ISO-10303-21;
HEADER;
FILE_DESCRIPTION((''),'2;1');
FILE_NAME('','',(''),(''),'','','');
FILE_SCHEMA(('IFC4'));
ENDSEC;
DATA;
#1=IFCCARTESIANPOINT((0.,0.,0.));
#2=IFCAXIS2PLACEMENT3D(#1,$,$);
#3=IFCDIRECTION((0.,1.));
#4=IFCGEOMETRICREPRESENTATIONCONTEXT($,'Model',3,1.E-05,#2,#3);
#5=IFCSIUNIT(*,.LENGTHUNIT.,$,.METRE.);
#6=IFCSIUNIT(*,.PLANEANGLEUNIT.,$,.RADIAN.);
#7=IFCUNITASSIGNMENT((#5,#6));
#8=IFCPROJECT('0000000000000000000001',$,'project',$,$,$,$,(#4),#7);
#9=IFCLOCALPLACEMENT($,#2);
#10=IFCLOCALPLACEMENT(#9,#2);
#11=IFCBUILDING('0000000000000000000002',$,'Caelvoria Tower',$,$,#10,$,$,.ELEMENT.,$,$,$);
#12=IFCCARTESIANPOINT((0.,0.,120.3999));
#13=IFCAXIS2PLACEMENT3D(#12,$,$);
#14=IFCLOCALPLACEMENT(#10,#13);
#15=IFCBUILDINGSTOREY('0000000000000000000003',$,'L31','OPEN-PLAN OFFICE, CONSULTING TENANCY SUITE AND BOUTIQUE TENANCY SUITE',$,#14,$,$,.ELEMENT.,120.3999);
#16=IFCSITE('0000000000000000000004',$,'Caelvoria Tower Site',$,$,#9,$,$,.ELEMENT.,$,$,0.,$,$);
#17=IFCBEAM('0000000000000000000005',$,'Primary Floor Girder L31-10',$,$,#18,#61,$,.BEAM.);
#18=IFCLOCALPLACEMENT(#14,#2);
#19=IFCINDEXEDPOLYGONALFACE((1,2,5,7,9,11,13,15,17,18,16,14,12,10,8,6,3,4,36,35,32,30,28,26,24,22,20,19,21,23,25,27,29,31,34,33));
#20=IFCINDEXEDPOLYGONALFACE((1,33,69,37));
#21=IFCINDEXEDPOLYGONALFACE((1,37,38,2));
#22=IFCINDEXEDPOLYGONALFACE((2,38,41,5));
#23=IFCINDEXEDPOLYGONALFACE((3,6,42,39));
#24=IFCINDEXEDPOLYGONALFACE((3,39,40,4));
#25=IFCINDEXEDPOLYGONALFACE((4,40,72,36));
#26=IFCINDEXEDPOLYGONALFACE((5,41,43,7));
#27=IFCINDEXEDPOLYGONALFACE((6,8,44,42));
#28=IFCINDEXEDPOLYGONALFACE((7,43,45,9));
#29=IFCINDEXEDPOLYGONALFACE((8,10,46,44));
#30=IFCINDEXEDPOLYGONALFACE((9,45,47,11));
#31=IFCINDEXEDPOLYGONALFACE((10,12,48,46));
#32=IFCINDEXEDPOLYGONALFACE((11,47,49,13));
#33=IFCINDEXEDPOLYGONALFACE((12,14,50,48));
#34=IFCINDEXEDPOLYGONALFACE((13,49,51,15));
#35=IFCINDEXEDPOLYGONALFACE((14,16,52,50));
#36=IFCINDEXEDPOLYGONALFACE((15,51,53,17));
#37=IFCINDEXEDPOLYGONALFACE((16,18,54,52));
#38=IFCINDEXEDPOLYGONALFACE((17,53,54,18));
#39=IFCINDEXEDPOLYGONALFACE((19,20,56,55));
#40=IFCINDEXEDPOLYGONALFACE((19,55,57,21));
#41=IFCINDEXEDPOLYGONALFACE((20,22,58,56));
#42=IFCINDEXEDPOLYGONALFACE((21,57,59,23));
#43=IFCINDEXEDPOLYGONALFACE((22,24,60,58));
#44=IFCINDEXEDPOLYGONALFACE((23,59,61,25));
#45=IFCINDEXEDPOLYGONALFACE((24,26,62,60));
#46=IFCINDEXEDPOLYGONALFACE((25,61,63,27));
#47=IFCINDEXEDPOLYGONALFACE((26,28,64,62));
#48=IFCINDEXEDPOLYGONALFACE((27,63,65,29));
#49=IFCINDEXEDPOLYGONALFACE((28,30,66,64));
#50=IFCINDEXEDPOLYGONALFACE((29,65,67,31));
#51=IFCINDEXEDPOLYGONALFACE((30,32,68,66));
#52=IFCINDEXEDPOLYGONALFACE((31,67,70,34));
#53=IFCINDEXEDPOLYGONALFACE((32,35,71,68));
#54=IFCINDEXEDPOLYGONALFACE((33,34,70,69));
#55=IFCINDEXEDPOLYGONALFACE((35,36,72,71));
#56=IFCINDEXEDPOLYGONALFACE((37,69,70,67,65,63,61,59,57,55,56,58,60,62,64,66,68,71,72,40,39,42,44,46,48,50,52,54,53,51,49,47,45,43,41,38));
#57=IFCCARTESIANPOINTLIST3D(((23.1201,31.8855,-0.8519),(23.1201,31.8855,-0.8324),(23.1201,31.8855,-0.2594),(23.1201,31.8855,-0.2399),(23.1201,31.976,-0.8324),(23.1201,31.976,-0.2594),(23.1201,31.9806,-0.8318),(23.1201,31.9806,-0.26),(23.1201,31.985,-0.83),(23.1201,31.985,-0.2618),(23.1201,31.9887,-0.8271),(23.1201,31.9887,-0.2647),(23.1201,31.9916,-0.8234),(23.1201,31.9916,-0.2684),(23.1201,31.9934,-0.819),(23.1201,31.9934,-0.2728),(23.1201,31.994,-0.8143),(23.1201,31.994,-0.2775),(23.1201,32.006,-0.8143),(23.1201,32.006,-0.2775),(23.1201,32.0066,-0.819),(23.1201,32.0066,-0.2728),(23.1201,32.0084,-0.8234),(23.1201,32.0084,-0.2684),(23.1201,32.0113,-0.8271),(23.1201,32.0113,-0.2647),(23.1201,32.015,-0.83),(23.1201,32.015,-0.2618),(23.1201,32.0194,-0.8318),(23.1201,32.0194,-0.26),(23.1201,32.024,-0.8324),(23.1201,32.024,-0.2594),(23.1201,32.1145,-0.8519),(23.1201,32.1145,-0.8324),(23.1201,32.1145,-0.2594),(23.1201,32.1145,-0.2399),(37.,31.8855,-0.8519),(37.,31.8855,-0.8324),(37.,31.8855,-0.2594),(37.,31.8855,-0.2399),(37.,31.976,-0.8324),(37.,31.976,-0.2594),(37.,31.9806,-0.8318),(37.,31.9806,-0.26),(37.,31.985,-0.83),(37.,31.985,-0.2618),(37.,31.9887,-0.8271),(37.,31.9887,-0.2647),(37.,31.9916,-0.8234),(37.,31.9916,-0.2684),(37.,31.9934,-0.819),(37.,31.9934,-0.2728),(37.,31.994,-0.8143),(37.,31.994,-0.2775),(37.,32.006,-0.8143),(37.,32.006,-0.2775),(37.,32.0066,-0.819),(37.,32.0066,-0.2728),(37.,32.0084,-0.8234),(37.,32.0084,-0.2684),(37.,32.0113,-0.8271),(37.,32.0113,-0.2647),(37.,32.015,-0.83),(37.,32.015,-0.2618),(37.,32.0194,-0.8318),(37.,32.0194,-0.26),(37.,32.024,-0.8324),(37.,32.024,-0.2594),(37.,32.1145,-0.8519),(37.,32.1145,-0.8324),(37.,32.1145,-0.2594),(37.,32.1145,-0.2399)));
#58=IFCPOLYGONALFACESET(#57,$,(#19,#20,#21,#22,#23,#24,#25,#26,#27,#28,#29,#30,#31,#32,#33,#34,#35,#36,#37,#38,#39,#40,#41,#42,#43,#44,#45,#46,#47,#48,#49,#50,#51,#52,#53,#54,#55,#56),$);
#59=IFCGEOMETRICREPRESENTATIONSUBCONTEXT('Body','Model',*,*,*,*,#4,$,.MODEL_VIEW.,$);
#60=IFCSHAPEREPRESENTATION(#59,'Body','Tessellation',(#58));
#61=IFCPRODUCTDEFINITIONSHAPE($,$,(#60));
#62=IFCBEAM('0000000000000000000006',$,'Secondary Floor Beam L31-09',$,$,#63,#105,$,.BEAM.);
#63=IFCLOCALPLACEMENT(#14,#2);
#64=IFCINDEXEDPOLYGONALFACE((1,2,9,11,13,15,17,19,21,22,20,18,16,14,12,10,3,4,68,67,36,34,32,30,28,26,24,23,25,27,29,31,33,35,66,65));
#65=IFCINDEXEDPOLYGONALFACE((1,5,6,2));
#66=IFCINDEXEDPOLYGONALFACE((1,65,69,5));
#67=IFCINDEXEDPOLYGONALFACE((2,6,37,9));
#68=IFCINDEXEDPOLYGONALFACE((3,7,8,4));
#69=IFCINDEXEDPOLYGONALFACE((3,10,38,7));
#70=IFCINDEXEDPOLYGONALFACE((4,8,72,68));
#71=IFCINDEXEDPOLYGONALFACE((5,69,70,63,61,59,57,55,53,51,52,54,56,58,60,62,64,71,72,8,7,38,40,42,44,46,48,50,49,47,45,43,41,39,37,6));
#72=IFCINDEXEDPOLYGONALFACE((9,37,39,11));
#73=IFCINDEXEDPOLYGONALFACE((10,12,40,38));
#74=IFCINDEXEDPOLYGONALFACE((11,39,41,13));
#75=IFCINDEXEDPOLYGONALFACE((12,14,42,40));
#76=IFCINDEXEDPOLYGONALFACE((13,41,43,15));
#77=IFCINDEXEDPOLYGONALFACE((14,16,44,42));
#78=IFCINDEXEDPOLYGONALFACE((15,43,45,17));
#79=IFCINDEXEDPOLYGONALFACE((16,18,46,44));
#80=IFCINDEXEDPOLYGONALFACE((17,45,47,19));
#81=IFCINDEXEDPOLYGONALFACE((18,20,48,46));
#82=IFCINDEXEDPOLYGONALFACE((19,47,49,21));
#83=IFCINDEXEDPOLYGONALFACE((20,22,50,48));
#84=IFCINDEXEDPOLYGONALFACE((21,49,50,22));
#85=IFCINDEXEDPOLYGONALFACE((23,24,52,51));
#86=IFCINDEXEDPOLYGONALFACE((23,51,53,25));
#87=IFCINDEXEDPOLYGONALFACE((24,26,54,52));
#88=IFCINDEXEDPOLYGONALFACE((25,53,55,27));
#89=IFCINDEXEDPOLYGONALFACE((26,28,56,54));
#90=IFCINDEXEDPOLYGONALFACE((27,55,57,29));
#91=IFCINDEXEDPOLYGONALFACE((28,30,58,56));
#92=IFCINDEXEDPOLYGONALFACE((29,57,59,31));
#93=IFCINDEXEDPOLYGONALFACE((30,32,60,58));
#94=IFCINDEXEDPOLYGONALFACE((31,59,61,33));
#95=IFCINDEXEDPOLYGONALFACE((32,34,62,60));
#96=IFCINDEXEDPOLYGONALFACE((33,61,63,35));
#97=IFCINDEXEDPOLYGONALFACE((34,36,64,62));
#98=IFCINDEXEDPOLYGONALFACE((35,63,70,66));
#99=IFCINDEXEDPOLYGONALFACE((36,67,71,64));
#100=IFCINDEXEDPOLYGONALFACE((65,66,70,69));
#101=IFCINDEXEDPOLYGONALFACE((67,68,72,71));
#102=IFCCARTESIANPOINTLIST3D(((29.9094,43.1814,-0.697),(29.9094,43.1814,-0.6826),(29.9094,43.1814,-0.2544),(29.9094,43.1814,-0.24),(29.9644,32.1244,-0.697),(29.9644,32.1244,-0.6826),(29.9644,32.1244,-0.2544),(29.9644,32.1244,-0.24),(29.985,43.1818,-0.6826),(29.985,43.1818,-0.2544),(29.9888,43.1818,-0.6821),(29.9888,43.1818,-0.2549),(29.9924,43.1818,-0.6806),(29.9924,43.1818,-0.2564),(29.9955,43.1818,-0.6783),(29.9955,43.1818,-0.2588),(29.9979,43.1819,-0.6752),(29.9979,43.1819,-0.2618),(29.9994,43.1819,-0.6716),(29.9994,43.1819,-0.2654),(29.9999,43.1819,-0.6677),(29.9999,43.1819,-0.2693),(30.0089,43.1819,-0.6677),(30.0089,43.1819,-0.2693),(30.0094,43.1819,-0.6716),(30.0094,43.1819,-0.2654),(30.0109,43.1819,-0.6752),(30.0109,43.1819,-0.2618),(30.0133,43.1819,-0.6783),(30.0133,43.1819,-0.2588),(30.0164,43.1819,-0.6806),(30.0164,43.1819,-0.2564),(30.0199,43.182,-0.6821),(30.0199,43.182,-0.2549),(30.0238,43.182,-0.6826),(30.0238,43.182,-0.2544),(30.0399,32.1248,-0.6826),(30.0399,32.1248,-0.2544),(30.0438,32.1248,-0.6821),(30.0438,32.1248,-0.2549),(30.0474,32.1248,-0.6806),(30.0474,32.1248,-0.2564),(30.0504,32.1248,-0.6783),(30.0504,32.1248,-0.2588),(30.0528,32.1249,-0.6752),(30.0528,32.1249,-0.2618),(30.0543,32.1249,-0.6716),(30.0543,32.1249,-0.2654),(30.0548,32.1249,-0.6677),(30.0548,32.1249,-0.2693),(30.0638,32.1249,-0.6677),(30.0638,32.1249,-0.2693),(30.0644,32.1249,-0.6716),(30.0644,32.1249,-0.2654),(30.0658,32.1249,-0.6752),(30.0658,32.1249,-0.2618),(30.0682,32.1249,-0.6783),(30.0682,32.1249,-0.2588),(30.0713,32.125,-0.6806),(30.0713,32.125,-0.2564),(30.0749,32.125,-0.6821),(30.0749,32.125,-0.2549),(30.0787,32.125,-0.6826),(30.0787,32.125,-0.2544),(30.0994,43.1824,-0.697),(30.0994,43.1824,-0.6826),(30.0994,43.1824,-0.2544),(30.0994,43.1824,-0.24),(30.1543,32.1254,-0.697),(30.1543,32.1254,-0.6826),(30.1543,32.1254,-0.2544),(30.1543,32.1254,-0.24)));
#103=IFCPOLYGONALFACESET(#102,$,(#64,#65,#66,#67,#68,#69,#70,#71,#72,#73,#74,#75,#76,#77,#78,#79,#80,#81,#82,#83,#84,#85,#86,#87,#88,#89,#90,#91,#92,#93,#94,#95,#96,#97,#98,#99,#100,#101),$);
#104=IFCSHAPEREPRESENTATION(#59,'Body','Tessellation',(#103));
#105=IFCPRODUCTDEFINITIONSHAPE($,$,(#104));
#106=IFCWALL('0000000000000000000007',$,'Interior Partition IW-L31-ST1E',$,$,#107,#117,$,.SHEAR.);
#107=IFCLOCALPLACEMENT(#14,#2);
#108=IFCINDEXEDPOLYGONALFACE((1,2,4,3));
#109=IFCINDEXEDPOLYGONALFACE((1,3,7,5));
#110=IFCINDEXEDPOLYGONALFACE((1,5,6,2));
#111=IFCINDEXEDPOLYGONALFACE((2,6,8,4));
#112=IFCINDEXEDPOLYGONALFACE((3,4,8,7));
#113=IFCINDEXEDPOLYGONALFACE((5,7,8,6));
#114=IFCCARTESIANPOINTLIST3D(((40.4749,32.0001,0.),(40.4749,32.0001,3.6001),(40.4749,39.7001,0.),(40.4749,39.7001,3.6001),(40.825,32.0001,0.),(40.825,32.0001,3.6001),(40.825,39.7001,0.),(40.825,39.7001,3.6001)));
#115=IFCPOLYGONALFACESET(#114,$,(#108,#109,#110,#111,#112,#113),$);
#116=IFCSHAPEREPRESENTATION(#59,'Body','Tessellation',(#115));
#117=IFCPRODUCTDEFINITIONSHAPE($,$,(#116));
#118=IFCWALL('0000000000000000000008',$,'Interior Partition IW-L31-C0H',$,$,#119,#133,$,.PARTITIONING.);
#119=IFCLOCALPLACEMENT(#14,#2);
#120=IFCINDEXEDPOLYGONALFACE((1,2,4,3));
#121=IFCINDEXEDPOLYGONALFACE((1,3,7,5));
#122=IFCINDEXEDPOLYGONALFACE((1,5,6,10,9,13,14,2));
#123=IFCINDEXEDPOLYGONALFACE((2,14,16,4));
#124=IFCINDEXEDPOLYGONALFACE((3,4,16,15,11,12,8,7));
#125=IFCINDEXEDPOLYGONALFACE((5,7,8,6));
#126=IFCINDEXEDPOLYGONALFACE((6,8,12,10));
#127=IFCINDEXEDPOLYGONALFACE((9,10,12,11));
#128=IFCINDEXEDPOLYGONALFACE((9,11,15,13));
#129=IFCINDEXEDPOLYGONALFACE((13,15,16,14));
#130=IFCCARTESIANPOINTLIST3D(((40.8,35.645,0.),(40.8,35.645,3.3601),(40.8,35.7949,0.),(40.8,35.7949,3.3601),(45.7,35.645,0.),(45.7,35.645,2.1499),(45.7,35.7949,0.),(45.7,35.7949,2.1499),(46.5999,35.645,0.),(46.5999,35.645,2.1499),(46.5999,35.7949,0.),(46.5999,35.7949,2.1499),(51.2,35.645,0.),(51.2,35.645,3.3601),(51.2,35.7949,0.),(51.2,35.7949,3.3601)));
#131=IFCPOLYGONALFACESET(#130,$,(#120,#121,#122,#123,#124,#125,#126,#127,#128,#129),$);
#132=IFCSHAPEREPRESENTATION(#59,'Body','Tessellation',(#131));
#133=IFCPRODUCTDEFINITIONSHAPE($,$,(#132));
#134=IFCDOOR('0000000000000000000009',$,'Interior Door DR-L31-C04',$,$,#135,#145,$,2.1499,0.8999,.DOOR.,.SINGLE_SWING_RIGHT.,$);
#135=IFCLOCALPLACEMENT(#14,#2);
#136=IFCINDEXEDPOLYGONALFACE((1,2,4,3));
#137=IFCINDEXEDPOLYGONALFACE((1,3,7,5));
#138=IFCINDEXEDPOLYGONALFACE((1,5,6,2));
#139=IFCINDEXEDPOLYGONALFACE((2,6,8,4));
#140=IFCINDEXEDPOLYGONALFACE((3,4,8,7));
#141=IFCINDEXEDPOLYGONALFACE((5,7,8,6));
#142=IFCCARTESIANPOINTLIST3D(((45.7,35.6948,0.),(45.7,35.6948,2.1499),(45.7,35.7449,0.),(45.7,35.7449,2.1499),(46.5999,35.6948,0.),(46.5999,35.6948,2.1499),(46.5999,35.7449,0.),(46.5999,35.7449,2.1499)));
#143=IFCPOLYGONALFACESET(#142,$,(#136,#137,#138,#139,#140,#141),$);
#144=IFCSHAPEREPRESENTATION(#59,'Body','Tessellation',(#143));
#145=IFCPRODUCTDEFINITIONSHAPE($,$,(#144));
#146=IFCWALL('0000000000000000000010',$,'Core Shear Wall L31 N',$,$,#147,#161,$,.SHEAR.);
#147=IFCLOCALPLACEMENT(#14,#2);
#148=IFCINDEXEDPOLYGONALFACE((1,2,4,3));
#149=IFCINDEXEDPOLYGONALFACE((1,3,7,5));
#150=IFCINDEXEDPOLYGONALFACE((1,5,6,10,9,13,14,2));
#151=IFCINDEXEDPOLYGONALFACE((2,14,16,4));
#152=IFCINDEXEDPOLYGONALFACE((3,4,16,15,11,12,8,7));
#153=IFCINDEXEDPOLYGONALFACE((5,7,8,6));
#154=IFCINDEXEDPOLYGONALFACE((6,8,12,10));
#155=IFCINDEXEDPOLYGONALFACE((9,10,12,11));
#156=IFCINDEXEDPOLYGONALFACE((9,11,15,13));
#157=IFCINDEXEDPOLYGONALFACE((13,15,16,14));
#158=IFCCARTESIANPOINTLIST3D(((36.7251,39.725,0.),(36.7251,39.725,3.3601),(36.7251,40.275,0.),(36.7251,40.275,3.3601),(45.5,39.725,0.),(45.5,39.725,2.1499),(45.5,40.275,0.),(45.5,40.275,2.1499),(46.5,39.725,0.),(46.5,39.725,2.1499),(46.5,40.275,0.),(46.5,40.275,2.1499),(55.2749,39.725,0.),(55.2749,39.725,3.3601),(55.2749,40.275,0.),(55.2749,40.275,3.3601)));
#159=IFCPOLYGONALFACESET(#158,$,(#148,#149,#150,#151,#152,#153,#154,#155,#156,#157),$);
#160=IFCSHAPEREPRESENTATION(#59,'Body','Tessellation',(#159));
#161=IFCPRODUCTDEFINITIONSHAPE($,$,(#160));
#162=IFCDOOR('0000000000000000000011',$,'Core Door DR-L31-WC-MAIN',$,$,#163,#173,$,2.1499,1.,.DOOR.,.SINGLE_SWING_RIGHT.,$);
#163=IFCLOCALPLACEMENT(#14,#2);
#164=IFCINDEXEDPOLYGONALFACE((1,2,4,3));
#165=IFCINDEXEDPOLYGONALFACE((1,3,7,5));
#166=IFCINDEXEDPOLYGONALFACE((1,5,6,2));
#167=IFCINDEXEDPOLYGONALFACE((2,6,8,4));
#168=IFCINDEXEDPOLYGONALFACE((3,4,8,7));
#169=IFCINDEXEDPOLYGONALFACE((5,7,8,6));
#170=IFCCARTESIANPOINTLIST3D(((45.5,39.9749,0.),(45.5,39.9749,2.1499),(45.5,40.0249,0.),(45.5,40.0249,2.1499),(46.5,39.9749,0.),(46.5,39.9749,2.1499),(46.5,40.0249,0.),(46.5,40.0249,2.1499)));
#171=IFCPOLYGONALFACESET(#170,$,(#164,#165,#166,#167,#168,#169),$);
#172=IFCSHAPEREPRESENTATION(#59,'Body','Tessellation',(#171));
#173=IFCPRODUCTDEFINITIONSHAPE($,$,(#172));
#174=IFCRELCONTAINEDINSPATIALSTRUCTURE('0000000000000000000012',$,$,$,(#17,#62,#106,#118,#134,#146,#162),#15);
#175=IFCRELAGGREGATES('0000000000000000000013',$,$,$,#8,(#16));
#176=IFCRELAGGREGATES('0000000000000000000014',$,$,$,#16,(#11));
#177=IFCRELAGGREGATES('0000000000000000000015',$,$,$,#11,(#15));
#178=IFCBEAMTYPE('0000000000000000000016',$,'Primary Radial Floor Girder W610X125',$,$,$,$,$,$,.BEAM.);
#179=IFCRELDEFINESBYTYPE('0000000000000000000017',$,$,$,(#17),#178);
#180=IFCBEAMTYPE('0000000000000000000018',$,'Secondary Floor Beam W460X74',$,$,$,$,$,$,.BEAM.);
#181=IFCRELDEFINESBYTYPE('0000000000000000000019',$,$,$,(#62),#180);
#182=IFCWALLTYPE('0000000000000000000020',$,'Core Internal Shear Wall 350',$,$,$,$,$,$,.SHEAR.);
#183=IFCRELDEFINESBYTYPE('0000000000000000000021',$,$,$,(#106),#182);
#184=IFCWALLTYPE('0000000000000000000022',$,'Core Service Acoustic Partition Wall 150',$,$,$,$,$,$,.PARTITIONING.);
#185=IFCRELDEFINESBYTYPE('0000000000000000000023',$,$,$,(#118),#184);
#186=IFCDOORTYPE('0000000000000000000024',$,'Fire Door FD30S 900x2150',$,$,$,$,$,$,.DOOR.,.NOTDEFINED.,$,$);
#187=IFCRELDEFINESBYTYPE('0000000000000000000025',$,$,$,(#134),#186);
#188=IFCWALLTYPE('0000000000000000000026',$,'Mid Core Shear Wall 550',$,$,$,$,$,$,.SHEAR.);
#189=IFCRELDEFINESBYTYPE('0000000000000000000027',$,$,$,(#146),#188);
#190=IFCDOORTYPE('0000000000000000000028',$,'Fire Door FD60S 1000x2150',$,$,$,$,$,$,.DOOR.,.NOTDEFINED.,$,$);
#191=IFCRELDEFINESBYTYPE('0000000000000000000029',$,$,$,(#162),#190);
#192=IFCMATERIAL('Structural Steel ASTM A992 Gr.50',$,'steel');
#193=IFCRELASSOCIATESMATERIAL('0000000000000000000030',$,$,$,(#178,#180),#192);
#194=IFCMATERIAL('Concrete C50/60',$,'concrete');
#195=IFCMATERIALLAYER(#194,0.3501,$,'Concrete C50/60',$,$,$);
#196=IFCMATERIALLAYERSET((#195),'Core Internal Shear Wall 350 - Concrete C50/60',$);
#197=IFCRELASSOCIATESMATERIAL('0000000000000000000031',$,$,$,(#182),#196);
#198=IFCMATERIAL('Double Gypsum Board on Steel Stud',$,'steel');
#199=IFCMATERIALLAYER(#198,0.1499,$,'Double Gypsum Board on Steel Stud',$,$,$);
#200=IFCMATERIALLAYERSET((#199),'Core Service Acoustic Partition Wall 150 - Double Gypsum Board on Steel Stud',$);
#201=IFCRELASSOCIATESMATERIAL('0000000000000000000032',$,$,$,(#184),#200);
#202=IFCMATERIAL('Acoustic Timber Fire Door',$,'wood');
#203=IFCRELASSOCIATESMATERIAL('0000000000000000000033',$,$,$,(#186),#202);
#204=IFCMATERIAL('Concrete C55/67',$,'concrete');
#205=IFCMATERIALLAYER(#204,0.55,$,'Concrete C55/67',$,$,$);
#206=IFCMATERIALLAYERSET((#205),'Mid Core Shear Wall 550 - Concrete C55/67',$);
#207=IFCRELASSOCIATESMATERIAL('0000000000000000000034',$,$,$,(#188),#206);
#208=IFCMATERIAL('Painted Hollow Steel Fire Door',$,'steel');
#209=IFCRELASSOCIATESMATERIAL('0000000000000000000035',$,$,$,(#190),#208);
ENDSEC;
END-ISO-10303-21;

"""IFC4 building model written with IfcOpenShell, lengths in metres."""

from ifc_helpers import new_model, si_unit, direction, frame, frame_2d, origin, origin_2d, place, context, subcontext, project, spatial, rectangle, i_section, extrude, material, layer, layer_set, material_profile, profile_set, type_object, element, fill, save


model = new_model("IFC4")

# Units and contexts
model_context = context("Model", 3, precision=1e-05, world=origin(), true_north=direction((0.0, 1.0)))
body_context = subcontext(model_context, "Body", "Model", "MODEL_VIEW")
ifc_project = project(units=[si_unit("LENGTHUNIT", "METRE"), si_unit("PLANEANGLEUNIT", "RADIAN")], contexts=[model_context])

# Site, building, storey
site_placement = place(None, origin())
site = spatial("IfcSite", under=ifc_project, at=site_placement, Name="Caelvoria Tower Site", CompositionType="ELEMENT", RefElevation=0.0)
building_placement = place(site_placement, origin())
building = spatial("IfcBuilding", under=site, at=building_placement, Name="Caelvoria Tower", CompositionType="ELEMENT")
storey_placement = place(building_placement, frame((0.0, 0.0, 120.3999)))
storey = spatial("IfcBuildingStorey", under=building, at=storey_placement, Name="L31", Description="OPEN-PLAN OFFICE, CONSULTING TENANCY SUITE AND BOUTIQUE TENANCY SUITE", CompositionType="ELEMENT", Elevation=120.3999)

# Beams
ifc_material_1 = material(Name="Structural Steel ASTM A992 Gr.50", Category="steel")
ifc_material_profile_1 = material_profile(ifc_material_1, i_section(OverallWidth=0.229, OverallDepth=0.6121, WebThickness=0.012, FlangeThickness=0.0195, FilletRadius=0.0181, at=origin_2d()), Name="Structural Steel ASTM A992 Gr.50")
ifc_profile_set_1 = profile_set([ifc_material_profile_1], Name="W610X125 - Structural Steel ASTM A992 Gr.50")
beam_type_1 = type_object("IfcBeamType", Name="Primary Radial Floor Girder W610X125", PredefinedType="BEAM", material=ifc_profile_set_1)
beam_1_placement = place(storey_placement, frame((37.0, 32.0, -0.5459), z_axis=(-1.0, 0.0, 0.0), x_axis=(0.0, -1.0, 0.0)))
element("IfcBeam", 1, at=beam_1_placement, inside=storey, type_object=beam_type_1, Name="Primary Floor Girder L31-10", PredefinedType="BEAM", context=body_context, shape_type="SweptSolid", body=[
    extrude(i_section(OverallWidth=0.229, OverallDepth=0.6121, WebThickness=0.012, FlangeThickness=0.0195, FilletRadius=0.0181, at=origin_2d()), origin(), (0.0, 0.0, 1.0), 13.8799),
])
ifc_material_profile_2 = material_profile(ifc_material_1, i_section(OverallWidth=0.1899, OverallDepth=0.457, WebThickness=0.009, FlangeThickness=0.0144, FilletRadius=0.0149, at=origin_2d()), Name="Structural Steel ASTM A992 Gr.50")
ifc_profile_set_2 = profile_set([ifc_material_profile_2], Name="W460X74 - Structural Steel ASTM A992 Gr.50")
beam_type_2 = type_object("IfcBeamType", Name="Secondary Floor Beam W460X74", PredefinedType="BEAM", material=ifc_profile_set_2)
beam_2_placement = place(storey_placement, frame((30.0044, 43.1819, -0.4685), z_axis=(0.004968, -0.999988, 0.0), x_axis=(0.999988, 0.004968, 0.0)))
element("IfcBeam", 2, at=beam_2_placement, inside=storey, type_object=beam_type_2, Name="Secondary Floor Beam L31-09", PredefinedType="BEAM", context=body_context, shape_type="SweptSolid", body=[
    extrude(i_section(OverallWidth=0.1899, OverallDepth=0.457, WebThickness=0.009, FlangeThickness=0.0144, FilletRadius=0.0149, at=origin_2d()), origin(), (0.0, 0.0, 1.0), 11.0571),
])

# Wall
ifc_material_2 = material(Name="Concrete C50/60", Category="concrete")
ifc_layer_1 = layer(ifc_material_2, 0.3501, Name="Concrete C50/60")
ifc_layer_set_1 = layer_set([ifc_layer_1], Name="Core Internal Shear Wall 350 - Concrete C50/60")
wall_type_1 = type_object("IfcWallType", Name="Core Internal Shear Wall 350", PredefinedType="SHEAR", material=ifc_layer_set_1)
wall_1_placement = place(storey_placement, frame((40.6499, 32.0, 0.0), z_axis=(0.0, 0.0, 1.0), x_axis=(0.0, 1.0, 0.0)))
element("IfcWall", 3, at=wall_1_placement, inside=storey, type_object=wall_type_1, Name="Interior Partition IW-L31-ST1E", PredefinedType="SHEAR", context=body_context, shape_type="SweptSolid", body=[
    extrude(rectangle(XDim=7.7, YDim=0.3501, at=frame_2d((3.8501, 0.0))), origin(), (0.0, 0.0, 1.0), 3.6001),
])

# Walls, openings, doors
ifc_material_3 = material(Name="Double Gypsum Board on Steel Stud", Category="steel")
ifc_layer_2 = layer(ifc_material_3, 0.1499, Name="Double Gypsum Board on Steel Stud")
ifc_layer_set_2 = layer_set([ifc_layer_2], Name="Core Service Acoustic Partition Wall 150 - Double Gypsum Board on Steel Stud")
wall_type_2 = type_object("IfcWallType", Name="Core Service Acoustic Partition Wall 150", PredefinedType="PARTITIONING", material=ifc_layer_set_2)
wall_2_placement = place(storey_placement, frame((40.8, 35.72, 0.0), z_axis=(0.0, 0.0, 1.0), x_axis=(1.0, 0.0, 0.0)))
wall_2 = element("IfcWall", 4, at=wall_2_placement, inside=storey, type_object=wall_type_2, Name="Interior Partition IW-L31-C0H", PredefinedType="PARTITIONING", context=body_context, shape_type="SweptSolid", body=[
    extrude(rectangle(XDim=10.3999, YDim=0.1499, at=frame_2d((5.2, 0.0))), origin(), (0.0, 0.0, 1.0), 3.3601),
])
opening_1_placement = place(wall_2_placement, frame((4.8999, 0.0, 0.0)))
opening_1 = element("IfcOpeningElement", 5, at=opening_1_placement, cuts=wall_2, PredefinedType="OPENING", context=body_context, shape_type="SweptSolid", body=[
    extrude(rectangle(XDim=0.8999, YDim=2.1499, at=frame_2d((0.45, 1.075))), frame((0.0, 0.085, 0.0), z_axis=(0.0, -1.0, 0.0), x_axis=(1.0, 0.0, 0.0)), (0.0, 0.0, 1.0), 0.1699),
])
ifc_material_4 = material(Name="Acoustic Timber Fire Door", Category="wood")
door_type_1 = type_object("IfcDoorType", Name="Fire Door FD30S 900x2150", OperationType="NOTDEFINED", PredefinedType="DOOR", material=ifc_material_4)
door_1_placement = place(opening_1_placement, origin())
door_1 = element("IfcDoor", 6, at=door_1_placement, inside=storey, type_object=door_type_1, Name="Interior Door DR-L31-C04", OperationType="SINGLE_SWING_RIGHT", OverallHeight=2.1499, OverallWidth=0.8999, PredefinedType="DOOR", context=body_context, shape_type="SweptSolid", body=[
    extrude(rectangle(XDim=0.8999, YDim=2.1499, at=frame_2d((0.45, 1.075))), frame((0.0, 0.0249, 0.0), z_axis=(0.0, -1.0, 0.0), x_axis=(1.0, 0.0, 0.0)), (0.0, 0.0, 1.0), 0.05),
])
fill(opening_1, door_1)
ifc_material_5 = material(Name="Concrete C55/67", Category="concrete")
ifc_layer_3 = layer(ifc_material_5, 0.55, Name="Concrete C55/67")
ifc_layer_set_3 = layer_set([ifc_layer_3], Name="Mid Core Shear Wall 550 - Concrete C55/67")
wall_type_3 = type_object("IfcWallType", Name="Mid Core Shear Wall 550", PredefinedType="SHEAR", material=ifc_layer_set_3)
wall_3_placement = place(storey_placement, frame((36.7251, 40.0, 0.0), z_axis=(0.0, 0.0, 1.0), x_axis=(1.0, 0.0, 0.0)))
wall_3 = element("IfcWall", 7, at=wall_3_placement, inside=storey, type_object=wall_type_3, Name="Core Shear Wall L31 N", PredefinedType="SHEAR", context=body_context, shape_type="SweptSolid", body=[
    extrude(rectangle(XDim=18.5498, YDim=0.55, at=frame_2d((9.2749, 0.0))), origin(), (0.0, 0.0, 1.0), 3.3601),
])
opening_2_placement = place(wall_3_placement, frame((8.7749, 0.0, 0.0)))
opening_2 = element("IfcOpeningElement", 8, at=opening_2_placement, cuts=wall_3, PredefinedType="OPENING", context=body_context, shape_type="SweptSolid", body=[
    extrude(rectangle(XDim=1.0, YDim=2.1499, at=frame_2d((0.5, 1.075))), frame((0.0, 0.2849, 0.0), z_axis=(0.0, -1.0, 0.0), x_axis=(1.0, 0.0, 0.0)), (0.0, 0.0, 1.0), 0.5701),
])
ifc_material_6 = material(Name="Painted Hollow Steel Fire Door", Category="steel")
door_type_2 = type_object("IfcDoorType", Name="Fire Door FD60S 1000x2150", OperationType="NOTDEFINED", PredefinedType="DOOR", material=ifc_material_6)
door_2_placement = place(opening_2_placement, origin())
door_2 = element("IfcDoor", 9, at=door_2_placement, inside=storey, type_object=door_type_2, Name="Core Door DR-L31-WC-MAIN", OperationType="SINGLE_SWING_RIGHT", OverallHeight=2.1499, OverallWidth=1.0, PredefinedType="DOOR", context=body_context, shape_type="SweptSolid", body=[
    extrude(rectangle(XDim=1.0, YDim=2.1499, at=frame_2d((0.5, 1.075))), frame((0.0, 0.0249, 0.0), z_axis=(0.0, -1.0, 0.0), x_axis=(1.0, 0.0, 0.0)), (0.0, 0.0, 1.0), 0.05),
])
fill(opening_2, door_2)

save(model, "model.ifc")
